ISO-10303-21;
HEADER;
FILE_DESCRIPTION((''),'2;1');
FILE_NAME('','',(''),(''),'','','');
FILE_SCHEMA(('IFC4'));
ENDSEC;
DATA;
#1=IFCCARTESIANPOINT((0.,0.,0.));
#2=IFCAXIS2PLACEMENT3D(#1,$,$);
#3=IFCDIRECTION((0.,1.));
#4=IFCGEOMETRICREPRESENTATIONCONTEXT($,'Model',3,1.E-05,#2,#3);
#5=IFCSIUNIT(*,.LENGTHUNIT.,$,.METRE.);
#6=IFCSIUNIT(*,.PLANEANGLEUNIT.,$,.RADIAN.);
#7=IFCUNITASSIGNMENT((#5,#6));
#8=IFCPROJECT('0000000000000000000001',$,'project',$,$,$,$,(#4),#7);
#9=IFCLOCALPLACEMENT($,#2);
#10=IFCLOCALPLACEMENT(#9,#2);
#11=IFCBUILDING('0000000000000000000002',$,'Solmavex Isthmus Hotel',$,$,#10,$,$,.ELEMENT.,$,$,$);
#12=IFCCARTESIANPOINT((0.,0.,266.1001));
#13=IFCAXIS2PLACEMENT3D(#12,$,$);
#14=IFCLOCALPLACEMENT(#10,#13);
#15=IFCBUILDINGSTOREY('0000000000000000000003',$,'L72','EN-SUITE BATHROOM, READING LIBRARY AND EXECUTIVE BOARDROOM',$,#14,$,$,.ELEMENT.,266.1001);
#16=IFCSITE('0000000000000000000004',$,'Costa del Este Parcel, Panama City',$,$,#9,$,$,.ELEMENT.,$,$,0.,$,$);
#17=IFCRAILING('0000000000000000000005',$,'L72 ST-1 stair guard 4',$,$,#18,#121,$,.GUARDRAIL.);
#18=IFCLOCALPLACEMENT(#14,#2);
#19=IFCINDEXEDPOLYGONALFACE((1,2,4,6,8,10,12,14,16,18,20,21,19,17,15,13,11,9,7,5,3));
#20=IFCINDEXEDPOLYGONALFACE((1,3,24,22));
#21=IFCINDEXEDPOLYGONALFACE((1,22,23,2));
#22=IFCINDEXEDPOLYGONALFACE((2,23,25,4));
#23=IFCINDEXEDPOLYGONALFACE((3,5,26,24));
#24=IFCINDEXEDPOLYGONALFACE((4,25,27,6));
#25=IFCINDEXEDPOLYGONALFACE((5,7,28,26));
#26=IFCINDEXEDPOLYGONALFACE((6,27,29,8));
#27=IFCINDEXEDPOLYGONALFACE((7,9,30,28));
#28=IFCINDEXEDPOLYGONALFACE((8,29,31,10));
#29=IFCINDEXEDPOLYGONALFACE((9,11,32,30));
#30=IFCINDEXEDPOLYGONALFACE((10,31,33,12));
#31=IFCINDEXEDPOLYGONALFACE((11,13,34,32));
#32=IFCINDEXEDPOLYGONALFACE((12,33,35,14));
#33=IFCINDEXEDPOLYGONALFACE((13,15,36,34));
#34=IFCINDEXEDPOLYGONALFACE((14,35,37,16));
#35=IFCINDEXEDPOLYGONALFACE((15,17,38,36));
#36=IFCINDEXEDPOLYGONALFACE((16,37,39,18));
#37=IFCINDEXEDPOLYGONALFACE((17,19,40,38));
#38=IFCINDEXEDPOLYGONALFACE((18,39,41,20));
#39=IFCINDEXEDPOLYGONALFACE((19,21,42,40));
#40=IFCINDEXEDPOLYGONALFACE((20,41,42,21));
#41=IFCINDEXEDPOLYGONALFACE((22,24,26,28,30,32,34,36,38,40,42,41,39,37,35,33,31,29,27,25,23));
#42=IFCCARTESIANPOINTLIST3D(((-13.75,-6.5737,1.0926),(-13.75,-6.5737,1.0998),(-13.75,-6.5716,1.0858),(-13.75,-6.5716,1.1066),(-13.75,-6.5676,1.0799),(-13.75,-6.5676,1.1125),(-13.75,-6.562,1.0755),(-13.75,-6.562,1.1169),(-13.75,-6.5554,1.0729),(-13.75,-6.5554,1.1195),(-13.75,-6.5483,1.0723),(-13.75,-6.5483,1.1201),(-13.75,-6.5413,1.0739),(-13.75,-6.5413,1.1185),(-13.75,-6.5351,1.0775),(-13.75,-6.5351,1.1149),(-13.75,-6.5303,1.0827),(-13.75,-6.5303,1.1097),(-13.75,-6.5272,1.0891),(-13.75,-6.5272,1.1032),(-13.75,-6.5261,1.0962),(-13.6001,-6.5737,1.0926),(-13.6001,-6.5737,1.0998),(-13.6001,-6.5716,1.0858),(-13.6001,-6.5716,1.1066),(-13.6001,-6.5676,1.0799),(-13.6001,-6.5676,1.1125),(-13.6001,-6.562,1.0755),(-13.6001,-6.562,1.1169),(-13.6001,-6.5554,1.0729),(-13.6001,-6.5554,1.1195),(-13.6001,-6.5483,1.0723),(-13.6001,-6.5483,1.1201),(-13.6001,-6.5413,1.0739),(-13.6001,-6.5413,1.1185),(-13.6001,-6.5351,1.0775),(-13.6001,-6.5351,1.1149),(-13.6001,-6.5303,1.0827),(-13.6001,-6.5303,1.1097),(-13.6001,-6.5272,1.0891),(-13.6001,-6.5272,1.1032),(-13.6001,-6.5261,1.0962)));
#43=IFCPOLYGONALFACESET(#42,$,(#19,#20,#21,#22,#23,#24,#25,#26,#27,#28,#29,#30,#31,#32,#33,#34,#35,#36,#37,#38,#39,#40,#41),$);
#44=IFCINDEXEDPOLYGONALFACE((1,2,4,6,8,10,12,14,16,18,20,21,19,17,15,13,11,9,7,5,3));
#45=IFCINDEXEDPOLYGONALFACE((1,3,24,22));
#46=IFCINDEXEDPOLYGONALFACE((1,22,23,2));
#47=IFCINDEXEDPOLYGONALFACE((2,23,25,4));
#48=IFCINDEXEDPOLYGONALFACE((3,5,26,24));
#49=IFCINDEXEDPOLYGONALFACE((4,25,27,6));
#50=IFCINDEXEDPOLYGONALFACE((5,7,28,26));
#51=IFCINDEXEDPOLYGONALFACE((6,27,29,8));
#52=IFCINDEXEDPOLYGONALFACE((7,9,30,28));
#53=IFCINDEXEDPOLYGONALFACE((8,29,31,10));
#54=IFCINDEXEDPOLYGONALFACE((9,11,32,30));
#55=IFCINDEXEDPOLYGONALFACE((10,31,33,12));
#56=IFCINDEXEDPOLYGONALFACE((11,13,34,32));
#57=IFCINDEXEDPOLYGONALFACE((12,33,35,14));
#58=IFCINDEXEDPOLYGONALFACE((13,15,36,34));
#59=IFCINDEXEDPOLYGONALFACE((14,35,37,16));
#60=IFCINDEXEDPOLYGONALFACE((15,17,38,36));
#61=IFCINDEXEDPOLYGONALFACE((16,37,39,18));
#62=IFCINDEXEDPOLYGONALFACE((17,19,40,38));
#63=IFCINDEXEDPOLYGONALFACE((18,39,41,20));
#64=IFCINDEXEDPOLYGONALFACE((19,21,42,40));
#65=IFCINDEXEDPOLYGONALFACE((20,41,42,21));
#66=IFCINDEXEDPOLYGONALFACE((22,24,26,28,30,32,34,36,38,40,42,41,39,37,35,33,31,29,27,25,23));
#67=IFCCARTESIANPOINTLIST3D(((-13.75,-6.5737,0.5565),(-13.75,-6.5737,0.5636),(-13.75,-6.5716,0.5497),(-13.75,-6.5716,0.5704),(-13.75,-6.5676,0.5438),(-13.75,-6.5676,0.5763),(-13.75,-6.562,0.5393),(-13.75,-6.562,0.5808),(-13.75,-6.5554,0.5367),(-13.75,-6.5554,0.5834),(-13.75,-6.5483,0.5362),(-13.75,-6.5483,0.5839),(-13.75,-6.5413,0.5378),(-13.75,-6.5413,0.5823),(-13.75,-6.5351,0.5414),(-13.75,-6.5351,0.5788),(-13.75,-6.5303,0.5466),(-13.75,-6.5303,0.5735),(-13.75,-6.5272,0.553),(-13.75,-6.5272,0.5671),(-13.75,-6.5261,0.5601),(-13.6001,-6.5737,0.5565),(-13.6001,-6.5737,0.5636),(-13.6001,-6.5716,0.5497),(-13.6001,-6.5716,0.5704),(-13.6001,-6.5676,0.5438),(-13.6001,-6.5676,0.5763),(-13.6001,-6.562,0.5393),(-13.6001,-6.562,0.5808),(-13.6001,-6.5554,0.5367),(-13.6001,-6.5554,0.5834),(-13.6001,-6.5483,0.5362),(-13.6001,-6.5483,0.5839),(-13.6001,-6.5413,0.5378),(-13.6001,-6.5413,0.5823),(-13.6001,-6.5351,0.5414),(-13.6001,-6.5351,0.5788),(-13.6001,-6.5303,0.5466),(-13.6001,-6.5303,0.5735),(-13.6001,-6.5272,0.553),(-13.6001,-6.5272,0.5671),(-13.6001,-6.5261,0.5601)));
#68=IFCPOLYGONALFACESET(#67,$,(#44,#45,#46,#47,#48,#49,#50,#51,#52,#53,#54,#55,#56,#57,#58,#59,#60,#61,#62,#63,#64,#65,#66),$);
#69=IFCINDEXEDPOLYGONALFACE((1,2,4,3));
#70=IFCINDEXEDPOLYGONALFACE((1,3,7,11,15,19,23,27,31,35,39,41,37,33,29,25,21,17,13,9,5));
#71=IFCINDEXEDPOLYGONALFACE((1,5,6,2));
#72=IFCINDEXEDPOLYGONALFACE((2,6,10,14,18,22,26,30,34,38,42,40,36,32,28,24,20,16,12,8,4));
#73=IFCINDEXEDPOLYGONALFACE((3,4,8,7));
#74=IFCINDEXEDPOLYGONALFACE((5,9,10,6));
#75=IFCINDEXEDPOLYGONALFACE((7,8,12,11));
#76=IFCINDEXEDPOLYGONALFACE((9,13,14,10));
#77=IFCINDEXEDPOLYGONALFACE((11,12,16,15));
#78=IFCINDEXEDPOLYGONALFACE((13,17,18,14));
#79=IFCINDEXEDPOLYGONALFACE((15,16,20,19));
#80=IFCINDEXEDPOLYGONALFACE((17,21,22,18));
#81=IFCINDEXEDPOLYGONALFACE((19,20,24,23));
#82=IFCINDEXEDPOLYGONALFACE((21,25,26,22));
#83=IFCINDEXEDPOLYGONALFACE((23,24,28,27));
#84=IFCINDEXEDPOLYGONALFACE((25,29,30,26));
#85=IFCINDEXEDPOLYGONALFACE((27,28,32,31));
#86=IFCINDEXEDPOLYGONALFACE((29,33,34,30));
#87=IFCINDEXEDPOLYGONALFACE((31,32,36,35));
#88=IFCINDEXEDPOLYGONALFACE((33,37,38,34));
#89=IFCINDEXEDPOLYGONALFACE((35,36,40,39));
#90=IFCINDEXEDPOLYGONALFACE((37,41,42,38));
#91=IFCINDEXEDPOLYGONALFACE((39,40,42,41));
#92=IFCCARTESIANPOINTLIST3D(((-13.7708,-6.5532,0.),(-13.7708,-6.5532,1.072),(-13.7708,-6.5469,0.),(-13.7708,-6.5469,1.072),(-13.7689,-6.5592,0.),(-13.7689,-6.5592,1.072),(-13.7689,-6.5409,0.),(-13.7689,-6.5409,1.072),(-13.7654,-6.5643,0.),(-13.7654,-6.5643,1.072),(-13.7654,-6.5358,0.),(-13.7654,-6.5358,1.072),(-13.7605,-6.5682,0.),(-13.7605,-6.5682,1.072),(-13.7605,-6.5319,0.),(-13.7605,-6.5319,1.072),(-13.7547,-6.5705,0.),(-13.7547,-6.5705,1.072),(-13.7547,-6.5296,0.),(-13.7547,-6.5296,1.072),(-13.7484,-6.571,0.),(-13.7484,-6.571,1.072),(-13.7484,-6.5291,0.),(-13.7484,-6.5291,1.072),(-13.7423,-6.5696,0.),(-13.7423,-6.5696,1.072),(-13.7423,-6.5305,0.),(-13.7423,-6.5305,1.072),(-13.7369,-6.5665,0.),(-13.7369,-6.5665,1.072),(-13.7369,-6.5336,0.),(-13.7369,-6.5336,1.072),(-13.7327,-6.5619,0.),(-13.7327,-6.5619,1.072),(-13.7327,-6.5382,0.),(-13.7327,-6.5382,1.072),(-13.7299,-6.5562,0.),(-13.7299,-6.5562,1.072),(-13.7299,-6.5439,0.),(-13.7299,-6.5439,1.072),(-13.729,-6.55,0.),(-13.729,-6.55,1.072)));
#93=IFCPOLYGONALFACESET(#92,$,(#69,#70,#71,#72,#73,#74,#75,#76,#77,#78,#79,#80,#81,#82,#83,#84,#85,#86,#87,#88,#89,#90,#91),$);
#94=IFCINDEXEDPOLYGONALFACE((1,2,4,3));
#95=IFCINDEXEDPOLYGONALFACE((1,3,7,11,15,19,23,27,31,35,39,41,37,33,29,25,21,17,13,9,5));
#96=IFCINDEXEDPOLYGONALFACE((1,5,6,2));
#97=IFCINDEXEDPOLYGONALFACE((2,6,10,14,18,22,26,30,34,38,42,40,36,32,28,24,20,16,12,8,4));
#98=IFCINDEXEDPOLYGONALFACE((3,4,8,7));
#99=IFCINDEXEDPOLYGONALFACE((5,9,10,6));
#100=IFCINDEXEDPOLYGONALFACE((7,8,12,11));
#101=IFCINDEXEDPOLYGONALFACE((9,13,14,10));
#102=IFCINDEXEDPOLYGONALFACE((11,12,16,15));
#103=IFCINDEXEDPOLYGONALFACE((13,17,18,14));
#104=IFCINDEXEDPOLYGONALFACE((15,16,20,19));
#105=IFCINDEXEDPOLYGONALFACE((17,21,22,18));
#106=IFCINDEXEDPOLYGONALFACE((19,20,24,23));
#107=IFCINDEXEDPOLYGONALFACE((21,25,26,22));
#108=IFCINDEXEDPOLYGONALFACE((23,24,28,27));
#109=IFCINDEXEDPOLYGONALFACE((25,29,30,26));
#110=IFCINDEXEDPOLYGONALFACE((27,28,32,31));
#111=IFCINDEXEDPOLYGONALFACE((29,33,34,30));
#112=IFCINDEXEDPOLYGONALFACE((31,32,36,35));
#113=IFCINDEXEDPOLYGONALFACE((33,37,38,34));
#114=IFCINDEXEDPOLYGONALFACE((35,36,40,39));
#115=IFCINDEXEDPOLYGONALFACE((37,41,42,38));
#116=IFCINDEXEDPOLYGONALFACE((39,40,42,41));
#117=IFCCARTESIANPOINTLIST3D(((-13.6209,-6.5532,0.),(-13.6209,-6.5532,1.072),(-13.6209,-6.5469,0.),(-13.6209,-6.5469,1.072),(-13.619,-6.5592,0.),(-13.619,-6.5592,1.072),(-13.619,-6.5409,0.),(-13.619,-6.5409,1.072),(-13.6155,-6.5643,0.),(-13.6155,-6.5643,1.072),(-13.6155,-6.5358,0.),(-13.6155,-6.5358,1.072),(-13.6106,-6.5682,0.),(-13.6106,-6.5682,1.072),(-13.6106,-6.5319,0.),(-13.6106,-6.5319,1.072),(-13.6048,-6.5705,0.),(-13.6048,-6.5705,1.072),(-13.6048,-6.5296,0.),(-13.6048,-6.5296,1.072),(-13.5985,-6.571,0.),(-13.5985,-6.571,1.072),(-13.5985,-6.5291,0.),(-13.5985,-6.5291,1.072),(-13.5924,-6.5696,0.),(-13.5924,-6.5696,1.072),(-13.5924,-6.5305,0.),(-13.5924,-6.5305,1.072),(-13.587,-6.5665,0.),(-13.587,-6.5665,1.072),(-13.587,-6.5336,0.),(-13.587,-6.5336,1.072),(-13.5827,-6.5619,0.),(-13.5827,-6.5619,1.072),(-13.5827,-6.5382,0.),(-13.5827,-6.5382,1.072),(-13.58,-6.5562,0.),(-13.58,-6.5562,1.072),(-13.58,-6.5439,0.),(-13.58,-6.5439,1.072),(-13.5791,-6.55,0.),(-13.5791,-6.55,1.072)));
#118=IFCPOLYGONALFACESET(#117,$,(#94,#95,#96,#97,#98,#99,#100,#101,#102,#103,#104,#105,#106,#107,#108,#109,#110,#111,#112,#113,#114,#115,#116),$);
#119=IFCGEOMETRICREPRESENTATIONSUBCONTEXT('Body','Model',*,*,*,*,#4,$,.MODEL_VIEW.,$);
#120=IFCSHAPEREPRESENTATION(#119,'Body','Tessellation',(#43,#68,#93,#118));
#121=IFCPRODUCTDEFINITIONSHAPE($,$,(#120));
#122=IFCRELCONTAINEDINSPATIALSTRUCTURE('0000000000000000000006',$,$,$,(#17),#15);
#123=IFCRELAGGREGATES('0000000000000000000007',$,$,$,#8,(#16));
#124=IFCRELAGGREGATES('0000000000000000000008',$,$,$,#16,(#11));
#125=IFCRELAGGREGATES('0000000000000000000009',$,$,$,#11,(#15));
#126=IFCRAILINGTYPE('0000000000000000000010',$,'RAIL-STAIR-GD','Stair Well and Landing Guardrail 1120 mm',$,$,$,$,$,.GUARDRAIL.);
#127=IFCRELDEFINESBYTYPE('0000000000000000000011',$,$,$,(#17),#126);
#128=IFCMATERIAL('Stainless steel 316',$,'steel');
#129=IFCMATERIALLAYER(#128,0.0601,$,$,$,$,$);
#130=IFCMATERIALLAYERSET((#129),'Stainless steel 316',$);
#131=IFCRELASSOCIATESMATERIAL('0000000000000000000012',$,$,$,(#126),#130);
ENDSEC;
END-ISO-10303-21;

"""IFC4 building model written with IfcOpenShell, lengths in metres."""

from ifc_helpers import new_model, si_unit, direction, frame, origin, origin_2d, place, context, subcontext, project, spatial, circle, extrude, material, layer, layer_set, type_object, element, save


model = new_model("IFC4")

# Units and contexts
model_context = context("Model", 3, precision=1e-05, world=origin(), true_north=direction((0.0, 1.0)))
body_context = subcontext(model_context, "Body", "Model", "MODEL_VIEW")
ifc_project = project(units=[si_unit("LENGTHUNIT", "METRE"), si_unit("PLANEANGLEUNIT", "RADIAN")], contexts=[model_context])

# Site, building, storey
site_placement = place(None, origin())
site = spatial("IfcSite", under=ifc_project, at=site_placement, Name="Costa del Este Parcel, Panama City", CompositionType="ELEMENT", RefElevation=0.0)
building_placement = place(site_placement, origin())
building = spatial("IfcBuilding", under=site, at=building_placement, Name="Solmavex Isthmus Hotel", CompositionType="ELEMENT")
storey_placement = place(building_placement, frame((0.0, 0.0, 266.1001)))
storey = spatial("IfcBuildingStorey", under=building, at=storey_placement, Name="L72", Description="EN-SUITE BATHROOM, READING LIBRARY AND EXECUTIVE BOARDROOM", CompositionType="ELEMENT", Elevation=266.1001)

# Shared definitions
ifc_material_1 = material(Name="Stainless steel 316", Category="steel")

# Railing
ifc_layer_1 = layer(ifc_material_1, 0.0601)
ifc_layer_set_1 = layer_set([ifc_layer_1], Name="Stainless steel 316")
railing_type_1 = type_object("IfcRailingType", Name="RAIL-STAIR-GD", Description="Stair Well and Landing Guardrail 1120 mm", PredefinedType="GUARDRAIL", material=ifc_layer_set_1)
railing_1_placement = place(storey_placement, frame((-13.75, -6.55, 0.0)))
element("IfcRailing", 1, at=railing_1_placement, inside=storey, type_object=railing_type_1, Name="L72 ST-1 stair guard 4", PredefinedType="GUARDRAIL", context=body_context, shape_type="SweptSolid", body=[
    extrude(circle(Radius=0.0239, at=origin_2d()), frame((0.0, 0.0, 1.0962), z_axis=(1.0, 0.0, 0.0), x_axis=(0.0, 1.0, 0.0)), (0.0, 0.0, 1.0), 0.1499),
    extrude(circle(Radius=0.0239, at=origin_2d()), frame((0.0, 0.0, 0.5601), z_axis=(1.0, 0.0, 0.0), x_axis=(0.0, 1.0, 0.0)), (0.0, 0.0, 1.0), 0.1499),
    extrude(circle(Radius=0.021, at=origin_2d()), origin(), (0.0, 0.0, 1.0), 1.072),
    extrude(circle(Radius=0.021, at=origin_2d()), frame((0.1499, 0.0, 0.0)), (0.0, 0.0, 1.0), 1.072),
])

save(model, "model.ifc")
